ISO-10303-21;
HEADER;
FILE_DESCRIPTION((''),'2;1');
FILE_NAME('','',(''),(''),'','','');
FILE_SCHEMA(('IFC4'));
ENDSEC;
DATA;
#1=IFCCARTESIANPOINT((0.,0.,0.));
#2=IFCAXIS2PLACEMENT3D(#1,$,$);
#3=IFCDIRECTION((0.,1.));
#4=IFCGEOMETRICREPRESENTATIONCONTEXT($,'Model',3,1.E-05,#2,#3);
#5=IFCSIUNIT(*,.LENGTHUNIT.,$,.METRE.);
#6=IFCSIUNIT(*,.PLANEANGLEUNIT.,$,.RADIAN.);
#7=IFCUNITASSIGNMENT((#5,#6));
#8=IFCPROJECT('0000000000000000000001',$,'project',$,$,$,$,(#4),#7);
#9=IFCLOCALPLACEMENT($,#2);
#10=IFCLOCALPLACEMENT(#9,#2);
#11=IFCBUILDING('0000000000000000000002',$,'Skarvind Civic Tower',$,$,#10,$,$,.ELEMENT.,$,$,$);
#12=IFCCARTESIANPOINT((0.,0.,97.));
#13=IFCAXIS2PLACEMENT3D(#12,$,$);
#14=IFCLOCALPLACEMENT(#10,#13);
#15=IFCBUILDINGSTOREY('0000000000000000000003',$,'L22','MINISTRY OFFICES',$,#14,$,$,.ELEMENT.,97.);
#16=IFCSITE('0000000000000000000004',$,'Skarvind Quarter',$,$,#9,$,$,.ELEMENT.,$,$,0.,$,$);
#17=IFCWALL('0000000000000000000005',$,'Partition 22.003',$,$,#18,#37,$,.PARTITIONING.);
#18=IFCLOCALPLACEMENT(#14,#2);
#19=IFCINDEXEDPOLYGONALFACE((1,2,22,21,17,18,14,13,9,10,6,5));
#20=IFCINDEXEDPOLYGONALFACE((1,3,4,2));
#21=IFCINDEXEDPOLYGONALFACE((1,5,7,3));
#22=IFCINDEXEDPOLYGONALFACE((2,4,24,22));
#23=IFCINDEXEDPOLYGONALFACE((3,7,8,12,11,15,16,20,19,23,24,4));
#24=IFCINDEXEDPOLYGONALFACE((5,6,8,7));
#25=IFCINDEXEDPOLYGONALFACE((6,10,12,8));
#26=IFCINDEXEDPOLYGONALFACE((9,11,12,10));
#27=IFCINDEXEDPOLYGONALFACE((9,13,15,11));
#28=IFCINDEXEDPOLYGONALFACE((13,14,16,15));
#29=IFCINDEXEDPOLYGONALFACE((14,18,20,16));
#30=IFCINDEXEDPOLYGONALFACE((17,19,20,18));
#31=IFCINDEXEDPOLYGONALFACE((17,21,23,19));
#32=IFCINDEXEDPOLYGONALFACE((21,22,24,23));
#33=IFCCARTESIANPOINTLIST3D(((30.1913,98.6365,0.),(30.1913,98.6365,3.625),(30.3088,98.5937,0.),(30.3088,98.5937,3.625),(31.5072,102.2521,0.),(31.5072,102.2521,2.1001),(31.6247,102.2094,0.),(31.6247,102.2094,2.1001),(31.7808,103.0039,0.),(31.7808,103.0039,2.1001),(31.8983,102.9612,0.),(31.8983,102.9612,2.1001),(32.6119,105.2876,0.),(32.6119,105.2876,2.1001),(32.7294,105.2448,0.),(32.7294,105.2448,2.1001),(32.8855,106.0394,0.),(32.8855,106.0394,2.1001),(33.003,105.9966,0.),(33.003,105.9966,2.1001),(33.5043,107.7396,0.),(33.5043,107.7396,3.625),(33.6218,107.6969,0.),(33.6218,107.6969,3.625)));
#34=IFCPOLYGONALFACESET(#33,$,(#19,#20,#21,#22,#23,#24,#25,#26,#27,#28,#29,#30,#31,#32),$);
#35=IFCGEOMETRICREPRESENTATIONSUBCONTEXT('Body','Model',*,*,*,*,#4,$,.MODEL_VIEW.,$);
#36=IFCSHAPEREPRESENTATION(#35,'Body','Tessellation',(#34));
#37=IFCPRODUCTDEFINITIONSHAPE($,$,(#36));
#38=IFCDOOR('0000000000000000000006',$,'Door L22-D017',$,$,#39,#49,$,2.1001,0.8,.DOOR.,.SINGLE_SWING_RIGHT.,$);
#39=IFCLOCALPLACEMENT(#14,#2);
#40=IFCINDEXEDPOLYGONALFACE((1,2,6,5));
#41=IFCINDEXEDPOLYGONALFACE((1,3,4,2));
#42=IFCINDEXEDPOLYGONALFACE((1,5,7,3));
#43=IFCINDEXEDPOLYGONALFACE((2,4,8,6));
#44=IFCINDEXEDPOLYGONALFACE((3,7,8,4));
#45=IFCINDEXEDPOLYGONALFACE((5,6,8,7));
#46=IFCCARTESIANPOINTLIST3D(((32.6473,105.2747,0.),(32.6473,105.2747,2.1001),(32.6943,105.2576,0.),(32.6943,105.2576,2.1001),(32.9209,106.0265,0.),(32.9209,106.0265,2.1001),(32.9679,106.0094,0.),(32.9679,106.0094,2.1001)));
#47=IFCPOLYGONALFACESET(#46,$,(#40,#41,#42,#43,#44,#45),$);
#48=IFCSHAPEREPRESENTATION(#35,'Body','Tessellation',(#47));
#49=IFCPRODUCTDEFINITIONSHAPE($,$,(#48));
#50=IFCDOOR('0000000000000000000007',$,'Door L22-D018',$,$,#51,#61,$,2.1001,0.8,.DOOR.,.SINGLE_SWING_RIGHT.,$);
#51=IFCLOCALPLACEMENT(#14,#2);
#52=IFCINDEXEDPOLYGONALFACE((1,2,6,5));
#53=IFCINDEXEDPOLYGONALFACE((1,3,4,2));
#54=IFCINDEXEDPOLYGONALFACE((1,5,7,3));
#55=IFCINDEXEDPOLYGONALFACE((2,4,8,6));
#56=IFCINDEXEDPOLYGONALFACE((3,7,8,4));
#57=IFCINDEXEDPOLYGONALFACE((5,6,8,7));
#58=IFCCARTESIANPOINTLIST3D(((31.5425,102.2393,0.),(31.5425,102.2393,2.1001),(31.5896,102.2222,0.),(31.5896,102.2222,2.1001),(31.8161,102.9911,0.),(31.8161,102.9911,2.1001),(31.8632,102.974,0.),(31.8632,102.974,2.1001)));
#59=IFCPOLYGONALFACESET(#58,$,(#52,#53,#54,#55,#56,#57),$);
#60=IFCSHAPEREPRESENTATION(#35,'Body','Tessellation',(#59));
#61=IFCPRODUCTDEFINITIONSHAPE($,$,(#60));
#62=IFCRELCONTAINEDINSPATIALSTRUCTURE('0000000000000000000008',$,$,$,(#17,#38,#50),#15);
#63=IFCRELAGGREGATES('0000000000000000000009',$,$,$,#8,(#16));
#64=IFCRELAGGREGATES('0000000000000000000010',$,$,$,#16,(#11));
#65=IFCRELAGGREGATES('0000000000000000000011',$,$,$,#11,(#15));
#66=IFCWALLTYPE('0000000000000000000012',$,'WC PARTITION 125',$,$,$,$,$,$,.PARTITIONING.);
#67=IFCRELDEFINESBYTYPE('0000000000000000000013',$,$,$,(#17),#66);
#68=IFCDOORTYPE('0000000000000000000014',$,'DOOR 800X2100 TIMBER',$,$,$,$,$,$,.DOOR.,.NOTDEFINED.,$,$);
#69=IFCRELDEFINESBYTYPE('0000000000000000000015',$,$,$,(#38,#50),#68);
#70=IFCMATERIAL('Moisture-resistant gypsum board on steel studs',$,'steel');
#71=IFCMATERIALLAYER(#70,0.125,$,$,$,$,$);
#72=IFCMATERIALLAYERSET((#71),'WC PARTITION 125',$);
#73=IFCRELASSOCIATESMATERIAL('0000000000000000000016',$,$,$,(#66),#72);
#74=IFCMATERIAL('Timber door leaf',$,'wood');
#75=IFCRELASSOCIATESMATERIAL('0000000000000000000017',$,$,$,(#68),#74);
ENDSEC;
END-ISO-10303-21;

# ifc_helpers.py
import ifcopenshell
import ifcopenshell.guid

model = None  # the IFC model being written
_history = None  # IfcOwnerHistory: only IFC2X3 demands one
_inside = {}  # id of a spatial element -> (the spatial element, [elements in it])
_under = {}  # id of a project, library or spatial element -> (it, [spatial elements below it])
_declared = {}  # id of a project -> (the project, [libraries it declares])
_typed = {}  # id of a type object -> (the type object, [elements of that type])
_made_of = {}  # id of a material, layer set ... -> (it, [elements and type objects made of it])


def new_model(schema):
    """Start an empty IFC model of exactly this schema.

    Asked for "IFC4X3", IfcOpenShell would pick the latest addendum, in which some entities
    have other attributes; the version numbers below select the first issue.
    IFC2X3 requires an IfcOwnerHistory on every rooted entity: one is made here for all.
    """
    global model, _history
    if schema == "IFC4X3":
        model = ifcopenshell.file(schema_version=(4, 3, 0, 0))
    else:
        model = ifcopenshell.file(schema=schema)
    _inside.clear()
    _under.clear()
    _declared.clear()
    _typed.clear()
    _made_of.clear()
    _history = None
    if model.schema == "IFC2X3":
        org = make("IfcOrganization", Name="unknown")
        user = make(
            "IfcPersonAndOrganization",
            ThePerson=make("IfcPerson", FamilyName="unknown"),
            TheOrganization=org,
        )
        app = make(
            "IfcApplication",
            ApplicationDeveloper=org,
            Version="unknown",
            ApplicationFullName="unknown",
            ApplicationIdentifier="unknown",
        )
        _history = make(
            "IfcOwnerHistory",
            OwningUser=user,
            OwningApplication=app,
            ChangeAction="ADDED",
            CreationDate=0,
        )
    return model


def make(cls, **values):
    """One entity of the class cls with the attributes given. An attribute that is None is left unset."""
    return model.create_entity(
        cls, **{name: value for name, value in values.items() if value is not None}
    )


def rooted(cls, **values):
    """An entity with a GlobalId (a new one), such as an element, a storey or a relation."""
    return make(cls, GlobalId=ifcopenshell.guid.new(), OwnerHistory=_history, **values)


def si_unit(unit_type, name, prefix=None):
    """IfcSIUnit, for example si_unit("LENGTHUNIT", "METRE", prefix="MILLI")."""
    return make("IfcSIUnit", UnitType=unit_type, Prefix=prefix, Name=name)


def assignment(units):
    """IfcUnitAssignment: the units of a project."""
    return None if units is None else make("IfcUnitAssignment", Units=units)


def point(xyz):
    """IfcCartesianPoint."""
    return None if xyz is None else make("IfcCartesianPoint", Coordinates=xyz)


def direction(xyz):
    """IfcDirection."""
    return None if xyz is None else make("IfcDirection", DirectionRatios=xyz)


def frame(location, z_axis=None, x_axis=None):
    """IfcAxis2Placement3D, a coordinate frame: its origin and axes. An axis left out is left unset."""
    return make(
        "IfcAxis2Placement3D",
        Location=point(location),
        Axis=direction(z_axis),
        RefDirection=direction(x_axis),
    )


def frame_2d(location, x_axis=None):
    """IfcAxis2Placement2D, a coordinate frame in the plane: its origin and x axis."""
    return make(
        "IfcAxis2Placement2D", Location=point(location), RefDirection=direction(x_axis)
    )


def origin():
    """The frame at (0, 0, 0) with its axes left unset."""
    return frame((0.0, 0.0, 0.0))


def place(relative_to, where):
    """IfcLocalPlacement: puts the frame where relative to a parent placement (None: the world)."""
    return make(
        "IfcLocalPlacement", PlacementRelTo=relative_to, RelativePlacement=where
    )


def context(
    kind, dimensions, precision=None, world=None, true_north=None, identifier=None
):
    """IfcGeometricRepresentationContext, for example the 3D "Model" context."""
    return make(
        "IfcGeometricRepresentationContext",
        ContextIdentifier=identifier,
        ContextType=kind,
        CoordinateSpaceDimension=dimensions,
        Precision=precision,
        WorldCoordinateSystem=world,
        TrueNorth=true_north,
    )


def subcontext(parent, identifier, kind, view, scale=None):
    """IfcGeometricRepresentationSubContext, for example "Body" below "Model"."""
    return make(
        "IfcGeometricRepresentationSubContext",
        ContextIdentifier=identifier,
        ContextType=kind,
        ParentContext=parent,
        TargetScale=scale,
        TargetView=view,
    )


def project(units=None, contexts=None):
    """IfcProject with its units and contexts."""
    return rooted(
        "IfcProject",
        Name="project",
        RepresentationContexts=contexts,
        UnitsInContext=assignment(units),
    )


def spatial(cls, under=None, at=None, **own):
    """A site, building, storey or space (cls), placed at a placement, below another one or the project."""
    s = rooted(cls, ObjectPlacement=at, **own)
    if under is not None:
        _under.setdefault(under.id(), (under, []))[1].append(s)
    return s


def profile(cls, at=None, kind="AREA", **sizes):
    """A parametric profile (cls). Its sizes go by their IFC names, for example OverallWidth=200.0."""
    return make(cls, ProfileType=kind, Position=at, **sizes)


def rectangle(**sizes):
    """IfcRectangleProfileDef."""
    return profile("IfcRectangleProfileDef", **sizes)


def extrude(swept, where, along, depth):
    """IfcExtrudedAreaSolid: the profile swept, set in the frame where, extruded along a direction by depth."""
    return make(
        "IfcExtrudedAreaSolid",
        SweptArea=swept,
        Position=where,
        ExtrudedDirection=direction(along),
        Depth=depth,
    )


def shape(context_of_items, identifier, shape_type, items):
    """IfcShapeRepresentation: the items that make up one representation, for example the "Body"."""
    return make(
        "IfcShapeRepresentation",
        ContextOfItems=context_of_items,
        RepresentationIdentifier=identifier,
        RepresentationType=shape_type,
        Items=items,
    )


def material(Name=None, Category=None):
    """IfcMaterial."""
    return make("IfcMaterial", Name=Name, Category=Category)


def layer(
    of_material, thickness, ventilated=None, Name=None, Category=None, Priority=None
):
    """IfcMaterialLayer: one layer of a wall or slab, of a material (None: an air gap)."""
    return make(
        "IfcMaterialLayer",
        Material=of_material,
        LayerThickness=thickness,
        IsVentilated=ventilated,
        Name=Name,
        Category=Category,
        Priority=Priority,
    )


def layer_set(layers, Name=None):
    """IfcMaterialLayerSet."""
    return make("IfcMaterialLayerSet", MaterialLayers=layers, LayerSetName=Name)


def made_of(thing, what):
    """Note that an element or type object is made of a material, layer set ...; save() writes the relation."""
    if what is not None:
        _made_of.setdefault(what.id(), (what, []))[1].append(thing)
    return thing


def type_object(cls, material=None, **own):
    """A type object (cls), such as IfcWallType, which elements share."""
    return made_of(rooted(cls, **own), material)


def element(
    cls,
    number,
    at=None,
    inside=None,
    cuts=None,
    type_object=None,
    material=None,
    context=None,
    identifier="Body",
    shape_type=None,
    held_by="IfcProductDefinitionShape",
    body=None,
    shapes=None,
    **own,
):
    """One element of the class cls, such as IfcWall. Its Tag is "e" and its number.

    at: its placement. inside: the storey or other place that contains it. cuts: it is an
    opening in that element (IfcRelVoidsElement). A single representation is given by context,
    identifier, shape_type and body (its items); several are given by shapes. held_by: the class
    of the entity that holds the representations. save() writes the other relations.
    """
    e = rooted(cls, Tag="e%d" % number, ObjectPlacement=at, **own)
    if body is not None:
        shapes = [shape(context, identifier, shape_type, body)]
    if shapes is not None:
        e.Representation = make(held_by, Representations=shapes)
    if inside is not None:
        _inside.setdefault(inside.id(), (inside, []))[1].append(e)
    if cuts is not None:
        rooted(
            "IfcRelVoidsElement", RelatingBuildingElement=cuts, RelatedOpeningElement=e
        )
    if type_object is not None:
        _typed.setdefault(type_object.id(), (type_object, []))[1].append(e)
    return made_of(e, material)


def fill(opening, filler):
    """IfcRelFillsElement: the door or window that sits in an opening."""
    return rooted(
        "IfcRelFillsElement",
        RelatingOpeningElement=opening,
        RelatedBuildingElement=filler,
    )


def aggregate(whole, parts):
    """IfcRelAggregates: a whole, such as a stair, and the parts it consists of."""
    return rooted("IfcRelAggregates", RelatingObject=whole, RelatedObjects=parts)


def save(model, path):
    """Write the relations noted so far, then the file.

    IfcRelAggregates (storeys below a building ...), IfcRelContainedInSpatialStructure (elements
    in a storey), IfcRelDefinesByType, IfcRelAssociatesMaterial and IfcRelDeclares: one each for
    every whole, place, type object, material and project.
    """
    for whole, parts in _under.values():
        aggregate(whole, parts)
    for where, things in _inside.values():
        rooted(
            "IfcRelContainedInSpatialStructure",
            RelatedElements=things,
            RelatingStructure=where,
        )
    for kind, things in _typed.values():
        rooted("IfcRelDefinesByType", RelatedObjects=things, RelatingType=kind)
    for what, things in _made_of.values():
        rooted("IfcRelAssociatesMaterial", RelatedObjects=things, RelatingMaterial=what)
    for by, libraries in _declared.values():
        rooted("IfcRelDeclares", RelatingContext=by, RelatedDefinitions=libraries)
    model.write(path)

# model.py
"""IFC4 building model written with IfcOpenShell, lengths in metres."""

from ifc_helpers import new_model, si_unit, direction, frame, frame_2d, origin, place, context, subcontext, project, spatial, rectangle, extrude, material, layer, layer_set, type_object, element, fill, save


model = new_model("IFC4")

# Units and contexts
model_context = context("Model", 3, precision=1e-05, world=origin(), true_north=direction((0.0, 1.0)))
body_context = subcontext(model_context, "Body", "Model", "MODEL_VIEW")
ifc_project = project(units=[si_unit("LENGTHUNIT", "METRE"), si_unit("PLANEANGLEUNIT", "RADIAN")], contexts=[model_context])

# Site, building, storey
site_placement = place(None, origin())
site = spatial("IfcSite", under=ifc_project, at=site_placement, Name="Skarvind Quarter", CompositionType="ELEMENT", RefElevation=0.0)
building_placement = place(site_placement, origin())
building = spatial("IfcBuilding", under=site, at=building_placement, Name="Skarvind Civic Tower", CompositionType="ELEMENT")
storey_placement = place(building_placement, frame((0.0, 0.0, 97.0)))
storey = spatial("IfcBuildingStorey", under=building, at=storey_placement, Name="L22", Description="MINISTRY OFFICES", CompositionType="ELEMENT", Elevation=97.0)

# Wall, openings, doors
ifc_material_1 = material(Name="Moisture-resistant gypsum board on steel studs", Category="steel")
ifc_layer_1 = layer(ifc_material_1, 0.125)
ifc_layer_set_1 = layer_set([ifc_layer_1], Name="WC PARTITION 125")
wall_type_1 = type_object("IfcWallType", Name="WC PARTITION 125", PredefinedType="PARTITIONING", material=ifc_layer_set_1)
wall_1_placement = place(storey_placement, frame((30.25, 98.615, 0.0), z_axis=(0.0, 0.0, 1.0), x_axis=(0.341998, 0.939701, 0.0)))
wall_1 = element("IfcWall", 1, at=wall_1_placement, inside=storey, type_object=wall_type_1, Name="Partition 22.003", PredefinedType="PARTITIONING", context=body_context, shape_type="SweptSolid", body=[
    extrude(rectangle(XDim=9.6873, YDim=0.125, at=frame_2d((4.8438, 0.0))), origin(), (0.0, 0.0, 1.0), 3.625),
])
opening_1_placement = place(wall_1_placement, frame((7.0781, 0.0, 0.0)))
opening_1 = element("IfcOpeningElement", 2, at=opening_1_placement, cuts=wall_1, PredefinedType="OPENING", context=body_context, shape_type="SweptSolid", body=[
    extrude(rectangle(XDim=0.8, YDim=2.1001, at=frame_2d((0.3999, 1.05))), frame((0.0, 0.0725, 0.0), z_axis=(0.0, -1.0, 0.0), x_axis=(1.0, 0.0, 0.0)), (0.0, 0.0, 1.0), 0.145),
])
opening_2_placement = place(wall_1_placement, frame((3.8479, 0.0, 0.0)))
opening_2 = element("IfcOpeningElement", 3, at=opening_2_placement, cuts=wall_1, PredefinedType="OPENING", context=body_context, shape_type="SweptSolid", body=[
    extrude(rectangle(XDim=0.8, YDim=2.1001, at=frame_2d((0.3999, 1.05))), frame((0.0, 0.0725, 0.0), z_axis=(0.0, -1.0, 0.0), x_axis=(1.0, 0.0, 0.0)), (0.0, 0.0, 1.0), 0.145),
])
ifc_material_2 = material(Name="Timber door leaf", Category="wood")
door_type_1 = type_object("IfcDoorType", Name="DOOR 800X2100 TIMBER", OperationType="NOTDEFINED", PredefinedType="DOOR", material=ifc_material_2)
door_1_placement = place(opening_1_placement, origin())
door_1 = element("IfcDoor", 4, at=door_1_placement, inside=storey, type_object=door_type_1, Name="Door L22-D017", OperationType="SINGLE_SWING_RIGHT", OverallHeight=2.1001, OverallWidth=0.8, PredefinedType="DOOR", context=body_context, shape_type="SweptSolid", body=[
    extrude(rectangle(XDim=0.8, YDim=2.1001, at=frame_2d((0.3999, 1.05))), frame((0.0, 0.0249, 0.0), z_axis=(0.0, -1.0, 0.0), x_axis=(1.0, 0.0, 0.0)), (0.0, 0.0, 1.0), 0.05),
])
fill(opening_1, door_1)
door_2_placement = place(opening_2_placement, origin())
door_2 = element("IfcDoor", 5, at=door_2_placement, inside=storey, type_object=door_type_1, Name="Door L22-D018", OperationType="SINGLE_SWING_RIGHT", OverallHeight=2.1001, OverallWidth=0.8, PredefinedType="DOOR", context=body_context, shape_type="SweptSolid", body=[
    extrude(rectangle(XDim=0.8, YDim=2.1001, at=frame_2d((0.3999, 1.05))), frame((0.0, 0.0249, 0.0), z_axis=(0.0, -1.0, 0.0), x_axis=(1.0, 0.0, 0.0)), (0.0, 0.0, 1.0), 0.05),
])
fill(opening_2, door_2)

save(model, "model.ifc")
